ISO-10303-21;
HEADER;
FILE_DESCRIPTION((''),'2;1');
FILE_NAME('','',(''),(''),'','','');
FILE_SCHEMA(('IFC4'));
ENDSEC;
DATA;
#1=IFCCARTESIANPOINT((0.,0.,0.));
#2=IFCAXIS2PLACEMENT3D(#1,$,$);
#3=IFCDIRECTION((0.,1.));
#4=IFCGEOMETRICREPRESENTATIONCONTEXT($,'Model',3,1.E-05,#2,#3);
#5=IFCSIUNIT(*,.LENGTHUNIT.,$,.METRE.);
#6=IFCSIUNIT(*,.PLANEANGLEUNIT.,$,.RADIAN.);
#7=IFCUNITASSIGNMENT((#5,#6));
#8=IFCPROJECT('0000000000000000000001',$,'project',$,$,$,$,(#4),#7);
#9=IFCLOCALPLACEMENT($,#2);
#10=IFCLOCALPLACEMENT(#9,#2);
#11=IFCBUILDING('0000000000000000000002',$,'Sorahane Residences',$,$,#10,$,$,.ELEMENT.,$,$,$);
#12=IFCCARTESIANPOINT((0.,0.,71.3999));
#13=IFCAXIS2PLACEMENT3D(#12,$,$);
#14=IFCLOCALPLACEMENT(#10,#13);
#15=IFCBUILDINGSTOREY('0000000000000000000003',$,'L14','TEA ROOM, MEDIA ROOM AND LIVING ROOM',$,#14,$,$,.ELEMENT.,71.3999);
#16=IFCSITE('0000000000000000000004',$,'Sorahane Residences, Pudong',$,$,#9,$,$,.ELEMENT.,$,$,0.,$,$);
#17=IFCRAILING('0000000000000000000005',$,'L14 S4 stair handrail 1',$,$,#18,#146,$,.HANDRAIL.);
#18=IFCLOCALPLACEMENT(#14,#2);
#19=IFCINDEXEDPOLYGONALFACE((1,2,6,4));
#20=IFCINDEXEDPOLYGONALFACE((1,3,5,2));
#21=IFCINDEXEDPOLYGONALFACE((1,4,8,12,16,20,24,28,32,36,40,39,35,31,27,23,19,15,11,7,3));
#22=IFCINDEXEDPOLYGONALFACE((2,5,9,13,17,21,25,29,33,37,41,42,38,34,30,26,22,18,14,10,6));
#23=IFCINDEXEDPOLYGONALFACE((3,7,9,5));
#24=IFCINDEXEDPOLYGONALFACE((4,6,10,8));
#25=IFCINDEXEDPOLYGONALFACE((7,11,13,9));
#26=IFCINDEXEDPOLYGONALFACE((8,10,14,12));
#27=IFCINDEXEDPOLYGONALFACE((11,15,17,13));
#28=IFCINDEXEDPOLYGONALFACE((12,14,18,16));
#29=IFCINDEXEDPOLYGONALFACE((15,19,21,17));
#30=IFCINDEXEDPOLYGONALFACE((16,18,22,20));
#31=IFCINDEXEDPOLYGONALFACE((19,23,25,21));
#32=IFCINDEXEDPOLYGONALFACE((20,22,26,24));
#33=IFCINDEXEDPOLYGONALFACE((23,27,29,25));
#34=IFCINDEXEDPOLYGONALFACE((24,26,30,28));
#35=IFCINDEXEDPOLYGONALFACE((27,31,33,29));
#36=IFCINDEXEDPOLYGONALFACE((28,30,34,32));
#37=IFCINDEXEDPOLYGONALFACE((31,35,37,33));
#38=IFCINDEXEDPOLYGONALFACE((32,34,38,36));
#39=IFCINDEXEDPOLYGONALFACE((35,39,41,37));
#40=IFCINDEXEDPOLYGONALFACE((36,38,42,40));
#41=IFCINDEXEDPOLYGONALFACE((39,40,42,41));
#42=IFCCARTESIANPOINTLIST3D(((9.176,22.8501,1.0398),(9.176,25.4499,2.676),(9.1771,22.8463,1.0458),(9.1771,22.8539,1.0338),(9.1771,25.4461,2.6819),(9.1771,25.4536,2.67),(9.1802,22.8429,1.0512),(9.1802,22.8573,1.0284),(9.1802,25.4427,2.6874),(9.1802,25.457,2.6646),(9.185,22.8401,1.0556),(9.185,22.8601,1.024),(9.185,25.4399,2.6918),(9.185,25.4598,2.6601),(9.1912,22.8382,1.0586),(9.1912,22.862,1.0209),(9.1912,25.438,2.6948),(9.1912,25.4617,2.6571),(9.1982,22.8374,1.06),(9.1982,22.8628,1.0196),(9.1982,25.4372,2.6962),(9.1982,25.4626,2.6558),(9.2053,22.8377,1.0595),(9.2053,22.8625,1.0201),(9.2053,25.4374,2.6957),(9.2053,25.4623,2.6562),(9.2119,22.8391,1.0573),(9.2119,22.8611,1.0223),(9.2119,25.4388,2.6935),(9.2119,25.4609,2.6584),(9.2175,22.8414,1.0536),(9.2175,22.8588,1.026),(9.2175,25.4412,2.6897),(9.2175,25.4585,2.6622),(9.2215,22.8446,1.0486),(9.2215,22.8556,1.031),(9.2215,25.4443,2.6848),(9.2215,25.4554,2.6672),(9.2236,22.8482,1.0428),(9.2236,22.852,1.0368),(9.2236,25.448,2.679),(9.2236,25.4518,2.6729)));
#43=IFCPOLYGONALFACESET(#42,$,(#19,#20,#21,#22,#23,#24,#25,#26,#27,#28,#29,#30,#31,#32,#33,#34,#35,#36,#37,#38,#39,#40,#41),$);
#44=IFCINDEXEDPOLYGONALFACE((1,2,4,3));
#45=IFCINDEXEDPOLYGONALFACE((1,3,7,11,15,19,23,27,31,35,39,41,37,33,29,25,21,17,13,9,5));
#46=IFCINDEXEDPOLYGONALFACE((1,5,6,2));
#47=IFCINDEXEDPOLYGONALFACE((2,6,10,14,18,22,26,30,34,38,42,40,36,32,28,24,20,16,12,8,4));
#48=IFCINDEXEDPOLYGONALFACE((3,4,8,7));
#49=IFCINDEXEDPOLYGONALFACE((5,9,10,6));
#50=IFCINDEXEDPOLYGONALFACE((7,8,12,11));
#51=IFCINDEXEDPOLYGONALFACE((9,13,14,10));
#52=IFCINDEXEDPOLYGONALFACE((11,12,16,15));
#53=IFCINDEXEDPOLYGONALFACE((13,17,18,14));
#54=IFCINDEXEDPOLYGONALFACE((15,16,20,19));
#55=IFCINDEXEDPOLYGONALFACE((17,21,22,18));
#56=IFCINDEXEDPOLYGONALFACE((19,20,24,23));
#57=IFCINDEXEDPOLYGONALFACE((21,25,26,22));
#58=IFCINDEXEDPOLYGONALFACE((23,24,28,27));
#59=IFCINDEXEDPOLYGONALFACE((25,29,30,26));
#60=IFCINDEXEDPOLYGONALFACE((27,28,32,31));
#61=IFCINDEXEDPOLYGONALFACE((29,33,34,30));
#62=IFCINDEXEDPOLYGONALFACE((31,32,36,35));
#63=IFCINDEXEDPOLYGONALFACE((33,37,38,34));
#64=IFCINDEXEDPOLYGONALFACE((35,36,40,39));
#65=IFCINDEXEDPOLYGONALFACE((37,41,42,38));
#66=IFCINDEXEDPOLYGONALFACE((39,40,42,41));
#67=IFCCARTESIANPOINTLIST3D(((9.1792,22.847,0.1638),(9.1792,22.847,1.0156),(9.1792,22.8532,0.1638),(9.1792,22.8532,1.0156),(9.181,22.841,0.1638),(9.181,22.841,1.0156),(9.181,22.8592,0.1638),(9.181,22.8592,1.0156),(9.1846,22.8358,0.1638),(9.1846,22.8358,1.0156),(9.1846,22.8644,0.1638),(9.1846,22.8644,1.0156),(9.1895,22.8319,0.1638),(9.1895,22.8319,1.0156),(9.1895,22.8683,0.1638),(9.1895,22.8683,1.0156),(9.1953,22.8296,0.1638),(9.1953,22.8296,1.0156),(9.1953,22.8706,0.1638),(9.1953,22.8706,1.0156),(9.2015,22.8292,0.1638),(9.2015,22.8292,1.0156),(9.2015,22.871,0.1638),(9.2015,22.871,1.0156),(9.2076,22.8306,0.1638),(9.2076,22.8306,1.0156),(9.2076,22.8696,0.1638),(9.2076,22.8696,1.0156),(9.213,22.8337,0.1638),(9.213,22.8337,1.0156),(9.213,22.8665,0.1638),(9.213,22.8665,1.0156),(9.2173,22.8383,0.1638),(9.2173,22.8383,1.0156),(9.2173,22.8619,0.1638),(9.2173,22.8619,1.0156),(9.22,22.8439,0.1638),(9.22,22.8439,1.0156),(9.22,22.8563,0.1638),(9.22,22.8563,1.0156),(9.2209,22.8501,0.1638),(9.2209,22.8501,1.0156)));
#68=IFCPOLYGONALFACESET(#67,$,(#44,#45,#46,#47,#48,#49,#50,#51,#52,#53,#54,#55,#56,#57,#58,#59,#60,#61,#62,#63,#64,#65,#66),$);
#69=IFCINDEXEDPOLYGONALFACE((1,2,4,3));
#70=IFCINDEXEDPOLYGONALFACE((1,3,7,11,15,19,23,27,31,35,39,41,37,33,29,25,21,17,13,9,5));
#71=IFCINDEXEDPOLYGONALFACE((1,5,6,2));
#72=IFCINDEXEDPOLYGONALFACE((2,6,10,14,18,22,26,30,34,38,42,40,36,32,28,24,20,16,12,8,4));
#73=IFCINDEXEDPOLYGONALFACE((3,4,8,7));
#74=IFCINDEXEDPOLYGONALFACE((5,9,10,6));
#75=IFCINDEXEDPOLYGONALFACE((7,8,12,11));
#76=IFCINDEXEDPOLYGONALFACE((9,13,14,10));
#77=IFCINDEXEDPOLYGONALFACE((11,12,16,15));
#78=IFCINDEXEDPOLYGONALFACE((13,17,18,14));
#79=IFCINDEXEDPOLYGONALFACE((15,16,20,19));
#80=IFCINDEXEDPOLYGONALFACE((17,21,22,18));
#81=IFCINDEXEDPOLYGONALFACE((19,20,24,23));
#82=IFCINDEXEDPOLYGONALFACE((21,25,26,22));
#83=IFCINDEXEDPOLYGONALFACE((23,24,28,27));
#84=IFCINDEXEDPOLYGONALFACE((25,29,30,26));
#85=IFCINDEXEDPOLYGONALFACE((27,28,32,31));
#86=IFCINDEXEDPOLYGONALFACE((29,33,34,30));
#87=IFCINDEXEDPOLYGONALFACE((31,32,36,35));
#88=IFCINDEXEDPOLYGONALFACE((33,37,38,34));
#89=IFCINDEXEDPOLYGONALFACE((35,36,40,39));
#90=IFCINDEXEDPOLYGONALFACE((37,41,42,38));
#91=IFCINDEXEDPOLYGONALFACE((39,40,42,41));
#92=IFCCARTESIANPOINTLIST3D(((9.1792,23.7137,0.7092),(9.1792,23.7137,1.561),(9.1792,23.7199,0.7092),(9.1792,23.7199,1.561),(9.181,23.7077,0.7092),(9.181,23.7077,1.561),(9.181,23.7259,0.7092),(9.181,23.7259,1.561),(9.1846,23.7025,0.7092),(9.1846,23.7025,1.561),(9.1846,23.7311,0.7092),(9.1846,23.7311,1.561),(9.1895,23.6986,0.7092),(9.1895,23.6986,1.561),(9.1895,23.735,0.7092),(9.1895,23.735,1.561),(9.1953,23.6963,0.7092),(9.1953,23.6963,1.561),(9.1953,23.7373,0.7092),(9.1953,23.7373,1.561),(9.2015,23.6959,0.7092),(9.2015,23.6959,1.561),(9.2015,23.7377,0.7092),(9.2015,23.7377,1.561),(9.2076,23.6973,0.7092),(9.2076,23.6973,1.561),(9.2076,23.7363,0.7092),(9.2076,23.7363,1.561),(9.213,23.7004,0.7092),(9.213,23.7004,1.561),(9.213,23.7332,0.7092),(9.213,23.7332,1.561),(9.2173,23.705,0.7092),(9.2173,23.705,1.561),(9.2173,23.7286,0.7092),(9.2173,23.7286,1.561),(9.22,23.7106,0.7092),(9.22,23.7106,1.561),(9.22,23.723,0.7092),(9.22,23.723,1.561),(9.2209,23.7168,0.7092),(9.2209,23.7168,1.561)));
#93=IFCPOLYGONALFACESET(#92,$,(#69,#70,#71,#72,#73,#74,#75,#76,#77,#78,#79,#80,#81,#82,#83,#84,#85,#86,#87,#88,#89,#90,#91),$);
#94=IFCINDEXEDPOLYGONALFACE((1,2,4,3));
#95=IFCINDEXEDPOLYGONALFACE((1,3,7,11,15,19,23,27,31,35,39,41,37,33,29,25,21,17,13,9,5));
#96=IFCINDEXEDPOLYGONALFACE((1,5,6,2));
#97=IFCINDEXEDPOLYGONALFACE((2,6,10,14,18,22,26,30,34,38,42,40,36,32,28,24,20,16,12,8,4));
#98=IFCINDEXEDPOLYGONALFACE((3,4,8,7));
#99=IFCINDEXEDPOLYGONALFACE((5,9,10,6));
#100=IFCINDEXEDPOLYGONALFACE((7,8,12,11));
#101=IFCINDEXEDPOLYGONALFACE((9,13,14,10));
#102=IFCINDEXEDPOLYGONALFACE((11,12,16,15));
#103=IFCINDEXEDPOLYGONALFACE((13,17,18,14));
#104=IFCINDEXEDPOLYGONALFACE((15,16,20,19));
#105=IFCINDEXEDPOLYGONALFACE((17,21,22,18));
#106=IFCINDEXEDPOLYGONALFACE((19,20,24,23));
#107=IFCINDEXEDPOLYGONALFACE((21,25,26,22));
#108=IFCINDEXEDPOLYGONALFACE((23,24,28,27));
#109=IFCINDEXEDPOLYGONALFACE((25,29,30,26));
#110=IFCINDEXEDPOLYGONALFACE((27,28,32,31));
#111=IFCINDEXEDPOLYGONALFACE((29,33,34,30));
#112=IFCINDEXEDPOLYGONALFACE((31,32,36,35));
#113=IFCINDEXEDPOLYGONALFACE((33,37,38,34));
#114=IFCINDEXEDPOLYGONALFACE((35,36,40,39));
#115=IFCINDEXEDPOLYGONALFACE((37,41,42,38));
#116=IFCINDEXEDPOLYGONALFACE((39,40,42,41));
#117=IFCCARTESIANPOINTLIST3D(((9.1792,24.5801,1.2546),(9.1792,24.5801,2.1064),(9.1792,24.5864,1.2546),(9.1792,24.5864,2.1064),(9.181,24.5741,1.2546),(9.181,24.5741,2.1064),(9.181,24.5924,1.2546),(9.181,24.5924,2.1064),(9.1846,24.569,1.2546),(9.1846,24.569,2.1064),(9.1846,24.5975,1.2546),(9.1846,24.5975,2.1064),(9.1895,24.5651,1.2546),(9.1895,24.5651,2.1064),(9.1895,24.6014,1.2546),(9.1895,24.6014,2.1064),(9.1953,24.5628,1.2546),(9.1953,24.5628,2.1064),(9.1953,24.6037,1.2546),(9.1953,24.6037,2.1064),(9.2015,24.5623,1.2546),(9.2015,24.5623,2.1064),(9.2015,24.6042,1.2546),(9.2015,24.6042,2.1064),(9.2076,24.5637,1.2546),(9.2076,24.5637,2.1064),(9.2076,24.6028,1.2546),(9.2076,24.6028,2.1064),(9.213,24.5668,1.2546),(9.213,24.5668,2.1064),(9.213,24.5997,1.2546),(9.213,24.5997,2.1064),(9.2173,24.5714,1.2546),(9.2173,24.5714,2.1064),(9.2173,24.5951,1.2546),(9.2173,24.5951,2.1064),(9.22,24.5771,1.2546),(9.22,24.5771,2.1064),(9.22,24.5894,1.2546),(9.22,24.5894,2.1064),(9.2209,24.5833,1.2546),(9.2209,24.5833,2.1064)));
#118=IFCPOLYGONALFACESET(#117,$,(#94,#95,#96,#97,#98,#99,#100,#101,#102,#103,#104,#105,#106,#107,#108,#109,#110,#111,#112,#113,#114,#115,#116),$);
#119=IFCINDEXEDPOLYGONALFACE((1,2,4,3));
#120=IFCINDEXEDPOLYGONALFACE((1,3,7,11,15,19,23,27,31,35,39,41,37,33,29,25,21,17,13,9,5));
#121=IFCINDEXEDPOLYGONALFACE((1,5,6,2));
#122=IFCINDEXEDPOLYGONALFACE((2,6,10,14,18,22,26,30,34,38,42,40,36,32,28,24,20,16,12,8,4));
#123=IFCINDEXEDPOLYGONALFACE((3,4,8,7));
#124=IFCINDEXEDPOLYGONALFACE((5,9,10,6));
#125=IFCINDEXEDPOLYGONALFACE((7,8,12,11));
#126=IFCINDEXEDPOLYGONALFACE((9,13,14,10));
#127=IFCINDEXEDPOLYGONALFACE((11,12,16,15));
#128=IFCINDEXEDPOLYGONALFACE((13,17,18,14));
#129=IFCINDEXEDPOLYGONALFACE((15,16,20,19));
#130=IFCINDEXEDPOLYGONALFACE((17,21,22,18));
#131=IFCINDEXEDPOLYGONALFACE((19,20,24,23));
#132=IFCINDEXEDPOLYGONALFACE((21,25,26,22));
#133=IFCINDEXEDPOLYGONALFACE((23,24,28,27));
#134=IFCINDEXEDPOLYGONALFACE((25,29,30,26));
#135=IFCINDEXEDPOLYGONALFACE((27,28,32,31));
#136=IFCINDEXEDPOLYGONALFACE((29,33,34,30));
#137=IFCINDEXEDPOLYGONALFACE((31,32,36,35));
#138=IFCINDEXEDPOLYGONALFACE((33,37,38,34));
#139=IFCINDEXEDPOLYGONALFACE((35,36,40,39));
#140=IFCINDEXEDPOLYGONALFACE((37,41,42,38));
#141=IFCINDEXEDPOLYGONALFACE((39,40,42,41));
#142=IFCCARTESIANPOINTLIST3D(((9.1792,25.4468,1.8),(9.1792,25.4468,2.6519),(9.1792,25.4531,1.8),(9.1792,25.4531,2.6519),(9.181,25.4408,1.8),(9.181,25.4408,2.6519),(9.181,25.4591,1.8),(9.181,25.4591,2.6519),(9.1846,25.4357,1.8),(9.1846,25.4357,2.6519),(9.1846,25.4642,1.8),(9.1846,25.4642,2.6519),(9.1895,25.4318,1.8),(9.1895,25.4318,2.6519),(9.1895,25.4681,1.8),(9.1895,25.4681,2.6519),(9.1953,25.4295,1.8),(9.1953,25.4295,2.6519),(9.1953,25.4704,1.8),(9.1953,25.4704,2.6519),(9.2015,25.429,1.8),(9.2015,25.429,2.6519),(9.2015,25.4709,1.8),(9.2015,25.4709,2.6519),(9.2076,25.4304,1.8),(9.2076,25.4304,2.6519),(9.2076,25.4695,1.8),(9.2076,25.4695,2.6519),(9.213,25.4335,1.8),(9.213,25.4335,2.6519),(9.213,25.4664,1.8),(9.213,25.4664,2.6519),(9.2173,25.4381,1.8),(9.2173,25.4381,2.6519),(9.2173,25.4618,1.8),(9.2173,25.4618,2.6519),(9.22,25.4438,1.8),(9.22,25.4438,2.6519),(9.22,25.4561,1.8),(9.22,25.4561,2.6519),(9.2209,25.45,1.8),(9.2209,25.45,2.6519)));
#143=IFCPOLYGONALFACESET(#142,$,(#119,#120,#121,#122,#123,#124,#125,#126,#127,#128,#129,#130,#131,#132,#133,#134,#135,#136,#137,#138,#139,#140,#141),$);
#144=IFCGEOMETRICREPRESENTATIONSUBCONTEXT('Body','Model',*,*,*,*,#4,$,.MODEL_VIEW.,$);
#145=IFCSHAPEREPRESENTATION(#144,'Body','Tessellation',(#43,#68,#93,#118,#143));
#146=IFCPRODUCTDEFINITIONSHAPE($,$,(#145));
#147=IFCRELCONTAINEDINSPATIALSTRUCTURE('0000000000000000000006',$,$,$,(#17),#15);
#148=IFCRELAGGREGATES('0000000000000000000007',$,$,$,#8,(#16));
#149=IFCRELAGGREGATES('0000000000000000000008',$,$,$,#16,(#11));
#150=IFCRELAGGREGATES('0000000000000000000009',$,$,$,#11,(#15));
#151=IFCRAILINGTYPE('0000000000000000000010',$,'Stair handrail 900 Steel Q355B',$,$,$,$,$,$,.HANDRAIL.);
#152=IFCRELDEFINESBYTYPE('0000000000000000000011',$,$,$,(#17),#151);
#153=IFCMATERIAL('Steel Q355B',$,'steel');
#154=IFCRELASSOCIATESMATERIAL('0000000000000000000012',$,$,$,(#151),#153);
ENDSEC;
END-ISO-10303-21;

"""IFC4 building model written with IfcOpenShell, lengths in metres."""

from ifc_helpers import new_model, si_unit, direction, frame, origin, origin_2d, place, context, subcontext, project, spatial, circle, extrude, material, type_object, element, save


model = new_model("IFC4")

# Units and contexts
model_context = context("Model", 3, precision=1e-05, world=origin(), true_north=direction((0.0, 1.0)))
body_context = subcontext(model_context, "Body", "Model", "MODEL_VIEW")
ifc_project = project(units=[si_unit("LENGTHUNIT", "METRE"), si_unit("PLANEANGLEUNIT", "RADIAN")], contexts=[model_context])

# Site, building, storey
site_placement = place(None, origin())
site = spatial("IfcSite", under=ifc_project, at=site_placement, Name="Sorahane Residences, Pudong", CompositionType="ELEMENT", RefElevation=0.0)
building_placement = place(site_placement, origin())
building = spatial("IfcBuilding", under=site, at=building_placement, Name="Sorahane Residences", CompositionType="ELEMENT")
storey_placement = place(building_placement, frame((0.0, 0.0, 71.3999)))
storey = spatial("IfcBuildingStorey", under=building, at=storey_placement, Name="L14", Description="TEA ROOM, MEDIA ROOM AND LIVING ROOM", CompositionType="ELEMENT", Elevation=71.3999)

# Railing
ifc_material_1 = material(Name="Steel Q355B", Category="steel")
railing_type_1 = type_object("IfcRailingType", Name="Stair handrail 900 Steel Q355B", PredefinedType="HANDRAIL", material=ifc_material_1)
railing_1_placement = place(storey_placement, frame((9.2, 22.8501, 0.1638)))
element("IfcRailing", 1, at=railing_1_placement, inside=storey, type_object=railing_type_1, Name="L14 S4 stair handrail 1", PredefinedType="HANDRAIL", context=body_context, shape_type="SweptSolid", body=[
    extrude(circle(Radius=0.0239, at=origin_2d()), frame((0.0, 0.0, 0.876), z_axis=(0.0, 0.846338, 0.532647), x_axis=(-1.0, 0.0, 0.0)), (0.0, 0.0, 1.0), 3.0718),
    extrude(circle(Radius=0.021, at=origin_2d()), origin(), (0.0, 0.0, 1.0), 0.8518),
    extrude(circle(Radius=0.021, at=origin_2d()), frame((0.0, 0.8667, 0.5454)), (0.0, 0.0, 1.0), 0.8518),
    extrude(circle(Radius=0.021, at=origin_2d()), frame((0.0, 1.7332, 1.0908)), (0.0, 0.0, 1.0), 0.8518),
    extrude(circle(Radius=0.021, at=origin_2d()), frame((0.0, 2.5999, 1.6362)), (0.0, 0.0, 1.0), 0.8518),
])

save(model, "model.ifc")
